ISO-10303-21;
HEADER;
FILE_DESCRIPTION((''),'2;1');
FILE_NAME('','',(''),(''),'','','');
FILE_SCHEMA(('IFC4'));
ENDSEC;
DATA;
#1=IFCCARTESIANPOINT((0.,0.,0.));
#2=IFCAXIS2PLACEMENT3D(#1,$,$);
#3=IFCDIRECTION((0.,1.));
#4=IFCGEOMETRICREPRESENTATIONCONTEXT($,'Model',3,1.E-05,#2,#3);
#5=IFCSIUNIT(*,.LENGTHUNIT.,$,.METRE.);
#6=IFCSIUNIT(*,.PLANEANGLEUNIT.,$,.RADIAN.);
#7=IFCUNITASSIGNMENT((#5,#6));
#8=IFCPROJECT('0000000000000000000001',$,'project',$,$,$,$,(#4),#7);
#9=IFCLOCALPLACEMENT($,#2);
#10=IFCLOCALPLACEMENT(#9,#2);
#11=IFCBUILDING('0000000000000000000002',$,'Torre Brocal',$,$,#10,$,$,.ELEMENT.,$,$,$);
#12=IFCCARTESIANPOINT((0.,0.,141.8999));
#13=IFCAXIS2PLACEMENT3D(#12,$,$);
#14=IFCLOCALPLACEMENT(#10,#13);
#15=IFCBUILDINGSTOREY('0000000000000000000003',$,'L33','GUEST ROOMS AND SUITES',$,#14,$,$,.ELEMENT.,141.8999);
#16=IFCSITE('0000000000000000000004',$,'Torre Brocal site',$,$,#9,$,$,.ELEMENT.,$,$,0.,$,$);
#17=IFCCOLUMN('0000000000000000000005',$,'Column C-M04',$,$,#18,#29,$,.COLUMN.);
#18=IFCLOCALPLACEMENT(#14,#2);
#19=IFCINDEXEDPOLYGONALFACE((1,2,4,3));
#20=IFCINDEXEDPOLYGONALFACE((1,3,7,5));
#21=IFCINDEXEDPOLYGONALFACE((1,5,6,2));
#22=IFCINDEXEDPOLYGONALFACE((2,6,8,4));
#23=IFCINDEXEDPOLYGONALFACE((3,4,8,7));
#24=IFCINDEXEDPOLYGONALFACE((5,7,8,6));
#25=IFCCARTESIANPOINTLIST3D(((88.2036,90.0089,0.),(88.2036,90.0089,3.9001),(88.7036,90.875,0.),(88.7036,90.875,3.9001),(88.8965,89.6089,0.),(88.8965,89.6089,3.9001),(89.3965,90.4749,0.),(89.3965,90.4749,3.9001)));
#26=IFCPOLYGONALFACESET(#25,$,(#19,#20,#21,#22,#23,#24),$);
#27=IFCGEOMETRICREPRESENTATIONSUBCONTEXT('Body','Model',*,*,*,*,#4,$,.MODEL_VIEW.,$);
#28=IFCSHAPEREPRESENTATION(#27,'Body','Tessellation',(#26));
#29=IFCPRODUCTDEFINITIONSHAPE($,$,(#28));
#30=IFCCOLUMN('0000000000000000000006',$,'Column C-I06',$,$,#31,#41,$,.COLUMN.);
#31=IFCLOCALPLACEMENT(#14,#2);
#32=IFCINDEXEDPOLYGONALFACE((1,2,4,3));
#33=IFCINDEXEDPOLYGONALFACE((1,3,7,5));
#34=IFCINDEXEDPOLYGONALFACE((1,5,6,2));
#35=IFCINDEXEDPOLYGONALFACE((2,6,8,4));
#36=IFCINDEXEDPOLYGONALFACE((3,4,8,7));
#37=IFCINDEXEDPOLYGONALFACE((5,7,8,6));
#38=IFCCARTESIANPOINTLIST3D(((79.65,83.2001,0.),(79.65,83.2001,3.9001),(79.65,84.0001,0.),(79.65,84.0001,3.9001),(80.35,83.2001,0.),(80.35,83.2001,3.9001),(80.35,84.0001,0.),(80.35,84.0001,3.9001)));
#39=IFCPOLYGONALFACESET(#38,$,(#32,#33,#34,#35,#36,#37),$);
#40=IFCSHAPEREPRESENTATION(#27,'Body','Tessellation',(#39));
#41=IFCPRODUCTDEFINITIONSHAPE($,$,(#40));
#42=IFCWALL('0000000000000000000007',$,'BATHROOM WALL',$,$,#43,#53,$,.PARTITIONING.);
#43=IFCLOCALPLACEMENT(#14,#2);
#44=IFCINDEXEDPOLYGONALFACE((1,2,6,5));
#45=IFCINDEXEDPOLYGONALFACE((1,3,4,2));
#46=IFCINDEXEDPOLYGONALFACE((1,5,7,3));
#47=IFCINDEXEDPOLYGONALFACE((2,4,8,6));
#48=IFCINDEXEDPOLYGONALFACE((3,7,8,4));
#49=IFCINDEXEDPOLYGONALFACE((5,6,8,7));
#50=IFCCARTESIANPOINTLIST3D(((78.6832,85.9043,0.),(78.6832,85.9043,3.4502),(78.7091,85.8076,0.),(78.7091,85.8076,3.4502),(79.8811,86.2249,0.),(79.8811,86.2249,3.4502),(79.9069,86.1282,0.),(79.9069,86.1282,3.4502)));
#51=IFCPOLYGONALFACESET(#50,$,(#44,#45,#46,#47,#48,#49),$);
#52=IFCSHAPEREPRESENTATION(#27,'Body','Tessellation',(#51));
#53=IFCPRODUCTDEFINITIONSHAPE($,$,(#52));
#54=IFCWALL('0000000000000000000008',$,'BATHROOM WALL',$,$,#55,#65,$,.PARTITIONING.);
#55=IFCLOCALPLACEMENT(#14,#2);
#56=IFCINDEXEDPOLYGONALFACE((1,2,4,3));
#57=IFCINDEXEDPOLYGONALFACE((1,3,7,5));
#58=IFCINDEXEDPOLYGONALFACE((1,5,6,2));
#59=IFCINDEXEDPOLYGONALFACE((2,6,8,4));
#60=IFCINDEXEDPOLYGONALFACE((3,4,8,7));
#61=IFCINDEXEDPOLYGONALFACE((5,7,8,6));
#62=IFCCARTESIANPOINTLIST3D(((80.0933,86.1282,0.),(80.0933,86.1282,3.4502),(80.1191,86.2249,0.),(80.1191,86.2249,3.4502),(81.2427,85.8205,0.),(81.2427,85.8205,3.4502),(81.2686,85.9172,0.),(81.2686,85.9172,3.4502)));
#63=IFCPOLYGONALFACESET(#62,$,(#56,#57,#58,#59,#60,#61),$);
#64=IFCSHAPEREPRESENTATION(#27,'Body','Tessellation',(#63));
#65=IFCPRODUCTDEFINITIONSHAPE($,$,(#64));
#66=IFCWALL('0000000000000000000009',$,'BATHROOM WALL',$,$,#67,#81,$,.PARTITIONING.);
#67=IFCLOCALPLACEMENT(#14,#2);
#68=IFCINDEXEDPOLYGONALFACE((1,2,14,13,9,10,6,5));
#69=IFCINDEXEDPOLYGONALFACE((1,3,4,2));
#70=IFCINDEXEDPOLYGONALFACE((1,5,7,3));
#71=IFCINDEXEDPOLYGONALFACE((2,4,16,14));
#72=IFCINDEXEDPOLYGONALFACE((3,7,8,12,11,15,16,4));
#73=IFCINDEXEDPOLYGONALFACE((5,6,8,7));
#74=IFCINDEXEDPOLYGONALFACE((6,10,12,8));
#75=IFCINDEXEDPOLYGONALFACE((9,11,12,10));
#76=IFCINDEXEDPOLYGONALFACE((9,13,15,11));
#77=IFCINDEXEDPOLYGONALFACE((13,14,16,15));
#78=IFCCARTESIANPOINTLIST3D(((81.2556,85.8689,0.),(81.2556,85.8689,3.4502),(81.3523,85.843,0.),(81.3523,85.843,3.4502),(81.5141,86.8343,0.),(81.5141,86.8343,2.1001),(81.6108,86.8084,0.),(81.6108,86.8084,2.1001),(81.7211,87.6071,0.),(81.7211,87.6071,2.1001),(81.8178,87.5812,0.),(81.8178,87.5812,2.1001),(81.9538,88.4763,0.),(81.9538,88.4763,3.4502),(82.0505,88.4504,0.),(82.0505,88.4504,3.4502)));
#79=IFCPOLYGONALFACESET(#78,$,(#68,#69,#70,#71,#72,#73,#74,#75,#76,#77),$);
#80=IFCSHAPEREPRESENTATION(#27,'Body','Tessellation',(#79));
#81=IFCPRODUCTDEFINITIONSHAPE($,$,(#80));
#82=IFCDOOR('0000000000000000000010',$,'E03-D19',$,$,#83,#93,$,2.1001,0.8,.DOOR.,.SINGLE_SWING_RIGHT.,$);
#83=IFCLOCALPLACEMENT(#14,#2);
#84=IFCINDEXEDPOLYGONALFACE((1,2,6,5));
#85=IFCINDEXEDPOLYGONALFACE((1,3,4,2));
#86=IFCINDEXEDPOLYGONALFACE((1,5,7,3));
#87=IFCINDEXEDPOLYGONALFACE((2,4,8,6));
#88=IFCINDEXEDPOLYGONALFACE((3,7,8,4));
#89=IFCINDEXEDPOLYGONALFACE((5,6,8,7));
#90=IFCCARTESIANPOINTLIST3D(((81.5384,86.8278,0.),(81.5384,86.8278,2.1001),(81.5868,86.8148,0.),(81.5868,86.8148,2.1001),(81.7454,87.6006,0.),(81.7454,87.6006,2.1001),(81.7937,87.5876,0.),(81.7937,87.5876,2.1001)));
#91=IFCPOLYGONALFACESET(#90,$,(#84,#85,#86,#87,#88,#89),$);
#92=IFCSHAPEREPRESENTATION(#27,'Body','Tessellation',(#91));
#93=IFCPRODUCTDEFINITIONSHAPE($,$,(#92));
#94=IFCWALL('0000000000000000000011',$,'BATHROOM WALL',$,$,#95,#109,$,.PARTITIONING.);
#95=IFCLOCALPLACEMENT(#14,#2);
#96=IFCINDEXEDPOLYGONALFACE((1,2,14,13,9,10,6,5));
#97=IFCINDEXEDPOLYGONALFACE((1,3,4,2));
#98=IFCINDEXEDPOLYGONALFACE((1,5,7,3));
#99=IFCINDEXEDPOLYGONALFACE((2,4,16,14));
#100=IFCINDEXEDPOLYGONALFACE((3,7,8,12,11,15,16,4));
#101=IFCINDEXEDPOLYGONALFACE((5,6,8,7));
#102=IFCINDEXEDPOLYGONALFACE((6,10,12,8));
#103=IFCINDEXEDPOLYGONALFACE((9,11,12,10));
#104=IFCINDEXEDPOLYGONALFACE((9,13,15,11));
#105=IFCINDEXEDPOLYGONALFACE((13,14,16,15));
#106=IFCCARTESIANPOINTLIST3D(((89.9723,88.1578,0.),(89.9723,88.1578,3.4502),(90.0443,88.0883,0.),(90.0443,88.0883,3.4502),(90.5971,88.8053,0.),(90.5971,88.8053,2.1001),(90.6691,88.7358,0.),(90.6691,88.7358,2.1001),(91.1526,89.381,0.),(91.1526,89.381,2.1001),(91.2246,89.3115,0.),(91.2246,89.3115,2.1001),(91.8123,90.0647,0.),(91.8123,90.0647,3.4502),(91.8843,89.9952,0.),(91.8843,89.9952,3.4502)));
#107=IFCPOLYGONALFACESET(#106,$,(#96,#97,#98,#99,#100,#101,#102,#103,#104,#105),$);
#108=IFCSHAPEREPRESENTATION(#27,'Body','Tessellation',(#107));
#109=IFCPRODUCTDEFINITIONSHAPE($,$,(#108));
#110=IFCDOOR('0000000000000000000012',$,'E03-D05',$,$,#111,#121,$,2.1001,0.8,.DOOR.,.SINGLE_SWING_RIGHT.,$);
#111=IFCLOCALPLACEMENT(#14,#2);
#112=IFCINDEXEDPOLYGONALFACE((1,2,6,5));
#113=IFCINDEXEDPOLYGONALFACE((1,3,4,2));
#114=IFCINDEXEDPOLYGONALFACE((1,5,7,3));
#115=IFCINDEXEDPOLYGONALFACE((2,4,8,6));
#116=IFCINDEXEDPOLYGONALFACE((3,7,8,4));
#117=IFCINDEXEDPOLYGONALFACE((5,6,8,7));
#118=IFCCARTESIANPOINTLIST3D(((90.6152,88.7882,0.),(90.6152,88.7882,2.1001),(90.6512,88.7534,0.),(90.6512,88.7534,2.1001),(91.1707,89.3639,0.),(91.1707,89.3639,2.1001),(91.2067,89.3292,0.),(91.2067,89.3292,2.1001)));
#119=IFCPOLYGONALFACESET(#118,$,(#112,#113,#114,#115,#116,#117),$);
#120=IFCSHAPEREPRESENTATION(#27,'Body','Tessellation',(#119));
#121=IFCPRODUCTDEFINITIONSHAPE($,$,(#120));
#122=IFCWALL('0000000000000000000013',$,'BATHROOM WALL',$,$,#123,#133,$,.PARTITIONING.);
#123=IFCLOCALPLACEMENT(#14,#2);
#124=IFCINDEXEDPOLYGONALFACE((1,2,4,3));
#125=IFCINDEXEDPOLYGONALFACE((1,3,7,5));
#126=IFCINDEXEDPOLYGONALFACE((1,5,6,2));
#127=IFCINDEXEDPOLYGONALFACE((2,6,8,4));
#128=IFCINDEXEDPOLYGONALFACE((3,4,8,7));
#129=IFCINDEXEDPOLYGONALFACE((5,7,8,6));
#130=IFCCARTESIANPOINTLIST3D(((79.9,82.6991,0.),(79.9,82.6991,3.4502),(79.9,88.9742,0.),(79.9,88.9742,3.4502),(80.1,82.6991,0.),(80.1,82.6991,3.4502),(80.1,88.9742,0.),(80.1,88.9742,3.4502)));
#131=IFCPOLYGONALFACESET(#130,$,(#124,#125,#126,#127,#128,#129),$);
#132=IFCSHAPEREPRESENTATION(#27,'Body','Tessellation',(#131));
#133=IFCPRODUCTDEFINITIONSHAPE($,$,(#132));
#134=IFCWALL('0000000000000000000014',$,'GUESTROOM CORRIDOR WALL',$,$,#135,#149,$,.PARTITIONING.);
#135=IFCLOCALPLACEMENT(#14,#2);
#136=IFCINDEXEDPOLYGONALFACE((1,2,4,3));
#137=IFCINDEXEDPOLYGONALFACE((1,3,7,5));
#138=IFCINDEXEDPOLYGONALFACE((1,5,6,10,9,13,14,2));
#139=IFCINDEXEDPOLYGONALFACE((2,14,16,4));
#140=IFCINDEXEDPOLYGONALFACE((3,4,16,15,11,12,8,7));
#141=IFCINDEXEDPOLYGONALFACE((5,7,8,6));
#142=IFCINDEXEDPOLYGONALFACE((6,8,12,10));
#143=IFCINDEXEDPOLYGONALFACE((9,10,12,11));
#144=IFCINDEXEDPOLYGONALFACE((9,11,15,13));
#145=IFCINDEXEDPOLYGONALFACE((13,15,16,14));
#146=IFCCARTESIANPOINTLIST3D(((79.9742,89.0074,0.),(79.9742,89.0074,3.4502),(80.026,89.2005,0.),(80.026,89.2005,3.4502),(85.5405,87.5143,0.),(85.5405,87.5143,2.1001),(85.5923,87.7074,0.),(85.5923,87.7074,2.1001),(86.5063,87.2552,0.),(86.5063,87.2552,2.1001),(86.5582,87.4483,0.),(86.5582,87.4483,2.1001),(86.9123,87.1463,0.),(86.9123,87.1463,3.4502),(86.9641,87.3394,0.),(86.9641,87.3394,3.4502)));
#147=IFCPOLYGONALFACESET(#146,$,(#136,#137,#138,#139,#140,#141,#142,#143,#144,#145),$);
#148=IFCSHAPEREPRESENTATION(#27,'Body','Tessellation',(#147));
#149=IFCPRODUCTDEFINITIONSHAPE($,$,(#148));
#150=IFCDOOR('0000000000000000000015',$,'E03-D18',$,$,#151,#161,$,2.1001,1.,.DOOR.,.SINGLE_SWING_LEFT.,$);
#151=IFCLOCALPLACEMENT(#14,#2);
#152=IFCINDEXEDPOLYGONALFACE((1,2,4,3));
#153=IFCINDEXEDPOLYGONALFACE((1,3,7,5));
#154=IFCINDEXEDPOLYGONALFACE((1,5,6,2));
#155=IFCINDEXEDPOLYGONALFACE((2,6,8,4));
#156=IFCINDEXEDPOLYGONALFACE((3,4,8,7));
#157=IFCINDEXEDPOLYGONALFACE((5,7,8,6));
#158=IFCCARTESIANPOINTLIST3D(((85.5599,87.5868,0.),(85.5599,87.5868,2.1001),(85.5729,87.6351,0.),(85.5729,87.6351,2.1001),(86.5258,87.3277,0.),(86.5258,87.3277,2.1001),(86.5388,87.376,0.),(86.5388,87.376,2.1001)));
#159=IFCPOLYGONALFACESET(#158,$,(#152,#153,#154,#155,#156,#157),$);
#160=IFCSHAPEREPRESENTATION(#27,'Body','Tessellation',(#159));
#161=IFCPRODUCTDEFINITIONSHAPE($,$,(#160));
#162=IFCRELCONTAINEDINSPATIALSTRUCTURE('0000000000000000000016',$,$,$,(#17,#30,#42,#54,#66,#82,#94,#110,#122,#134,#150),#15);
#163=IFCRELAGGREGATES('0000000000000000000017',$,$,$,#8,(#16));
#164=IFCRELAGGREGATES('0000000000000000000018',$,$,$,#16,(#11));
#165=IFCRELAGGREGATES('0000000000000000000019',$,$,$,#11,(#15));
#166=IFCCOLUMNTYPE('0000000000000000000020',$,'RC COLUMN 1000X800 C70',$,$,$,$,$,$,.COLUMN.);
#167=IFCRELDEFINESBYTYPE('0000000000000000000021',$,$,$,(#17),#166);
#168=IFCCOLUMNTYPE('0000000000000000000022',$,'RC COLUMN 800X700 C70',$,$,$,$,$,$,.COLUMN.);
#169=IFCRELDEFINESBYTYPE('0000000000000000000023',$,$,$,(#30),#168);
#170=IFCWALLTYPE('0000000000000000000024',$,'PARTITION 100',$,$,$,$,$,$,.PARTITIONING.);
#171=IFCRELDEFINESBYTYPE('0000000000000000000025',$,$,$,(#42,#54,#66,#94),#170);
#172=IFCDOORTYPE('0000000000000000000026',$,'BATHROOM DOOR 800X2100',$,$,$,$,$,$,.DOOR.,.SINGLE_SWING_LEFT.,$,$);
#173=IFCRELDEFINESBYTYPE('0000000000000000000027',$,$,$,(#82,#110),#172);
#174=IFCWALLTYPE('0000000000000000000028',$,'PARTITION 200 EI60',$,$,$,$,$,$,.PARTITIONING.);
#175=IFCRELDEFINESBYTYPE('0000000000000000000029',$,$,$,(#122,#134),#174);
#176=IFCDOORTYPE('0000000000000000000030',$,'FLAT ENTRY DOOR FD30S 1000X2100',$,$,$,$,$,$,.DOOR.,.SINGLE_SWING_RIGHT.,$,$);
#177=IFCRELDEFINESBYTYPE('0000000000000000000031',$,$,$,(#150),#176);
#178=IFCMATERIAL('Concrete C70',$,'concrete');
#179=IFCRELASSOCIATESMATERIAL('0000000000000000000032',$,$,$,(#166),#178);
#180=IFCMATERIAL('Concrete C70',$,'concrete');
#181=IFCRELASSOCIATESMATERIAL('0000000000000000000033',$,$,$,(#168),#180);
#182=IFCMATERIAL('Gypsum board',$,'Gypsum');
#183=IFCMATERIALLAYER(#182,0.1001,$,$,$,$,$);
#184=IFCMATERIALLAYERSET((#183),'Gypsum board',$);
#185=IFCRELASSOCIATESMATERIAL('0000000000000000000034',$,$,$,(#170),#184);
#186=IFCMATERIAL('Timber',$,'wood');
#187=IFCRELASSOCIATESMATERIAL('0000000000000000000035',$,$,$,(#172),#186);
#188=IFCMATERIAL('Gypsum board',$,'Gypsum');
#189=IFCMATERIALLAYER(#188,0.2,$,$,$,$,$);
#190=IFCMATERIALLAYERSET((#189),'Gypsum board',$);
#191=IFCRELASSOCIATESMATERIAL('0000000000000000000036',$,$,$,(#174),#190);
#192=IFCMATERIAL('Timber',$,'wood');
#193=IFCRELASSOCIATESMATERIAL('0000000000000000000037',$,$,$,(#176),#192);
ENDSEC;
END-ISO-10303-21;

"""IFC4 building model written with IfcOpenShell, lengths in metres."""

from ifc_helpers import new_model, si_unit, direction, frame, frame_2d, origin, origin_2d, place, context, subcontext, project, spatial, rectangle, extrude, material, layer, layer_set, material_profile, profile_set, type_object, element, fill, save


model = new_model("IFC4")

# Units and contexts
model_context = context("Model", 3, precision=1e-05, world=origin(), true_north=direction((0.0, 1.0)))
body_context = subcontext(model_context, "Body", "Model", "MODEL_VIEW")
ifc_project = project(units=[si_unit("LENGTHUNIT", "METRE"), si_unit("PLANEANGLEUNIT", "RADIAN")], contexts=[model_context])

# Site, building, storey
site_placement = place(None, origin())
site = spatial("IfcSite", under=ifc_project, at=site_placement, Name="Torre Brocal site", CompositionType="ELEMENT", RefElevation=0.0)
building_placement = place(site_placement, origin())
building = spatial("IfcBuilding", under=site, at=building_placement, Name="Torre Brocal", CompositionType="ELEMENT")
storey_placement = place(building_placement, frame((0.0, 0.0, 141.8999)))
storey = spatial("IfcBuildingStorey", under=building, at=storey_placement, Name="L33", Description="GUEST ROOMS AND SUITES", CompositionType="ELEMENT", Elevation=141.8999)

# Columns
ifc_material_1 = material(Name="Concrete C70", Category="concrete")
ifc_material_profile_1 = material_profile(ifc_material_1, rectangle(XDim=1.0, YDim=0.8, at=origin_2d()), Name="RC 1000X800")
ifc_profile_set_1 = profile_set([ifc_material_profile_1], Name="Concrete C70")
column_type_1 = type_object("IfcColumnType", Name="RC COLUMN 1000X800 C70", PredefinedType="COLUMN", material=ifc_profile_set_1)
column_1_placement = place(storey_placement, frame((88.8, 90.2419, 0.0), z_axis=(0.0, 0.0, 1.0), x_axis=(0.5, 0.866025, 0.0)))
element("IfcColumn", 1, at=column_1_placement, inside=storey, type_object=column_type_1, Name="Column C-M04", PredefinedType="COLUMN", context=body_context, shape_type="SweptSolid", body=[
    extrude(rectangle(XDim=1.0, YDim=0.8, at=origin_2d()), origin(), (0.0, 0.0, 1.0), 3.9001),
])
ifc_material_2 = material(Name="Concrete C70", Category="concrete")
ifc_material_profile_2 = material_profile(ifc_material_2, rectangle(XDim=0.8, YDim=0.7, at=origin_2d()), Name="RC 800X700")
ifc_profile_set_2 = profile_set([ifc_material_profile_2], Name="Concrete C70")
column_type_2 = type_object("IfcColumnType", Name="RC COLUMN 800X700 C70", PredefinedType="COLUMN", material=ifc_profile_set_2)
column_2_placement = place(storey_placement, frame((80.0, 83.6001, 0.0), z_axis=(0.0, 0.0, 1.0), x_axis=(0.0, 1.0, 0.0)))
element("IfcColumn", 2, at=column_2_placement, inside=storey, type_object=column_type_2, Name="Column C-I06", PredefinedType="COLUMN", context=body_context, shape_type="SweptSolid", body=[
    extrude(rectangle(XDim=0.8, YDim=0.7, at=origin_2d()), origin(), (0.0, 0.0, 1.0), 3.9001),
])

# Walls
ifc_material_3 = material(Name="Gypsum board", Category="Gypsum")
ifc_layer_1 = layer(ifc_material_3, 0.1001)
ifc_layer_set_1 = layer_set([ifc_layer_1], Name="Gypsum board")
wall_type_1 = type_object("IfcWallType", Name="PARTITION 100", PredefinedType="PARTITIONING", material=ifc_layer_set_1)
wall_1_placement = place(storey_placement, frame((78.696, 85.856, 0.0), z_axis=(0.0, 0.0, 1.0), x_axis=(0.966003, 0.258533, 0.0)))
element("IfcWall", 3, at=wall_1_placement, inside=storey, type_object=wall_type_1, Name="BATHROOM WALL", PredefinedType="PARTITIONING", context=body_context, shape_type="SweptSolid", body=[
    extrude(rectangle(XDim=1.24, YDim=0.1001, at=frame_2d((0.6201, 0.0))), origin(), (0.0, 0.0, 1.0), 3.4502),
])
wall_2_placement = place(storey_placement, frame((80.1062, 86.1765, 0.0), z_axis=(0.0, 0.0, 1.0), x_axis=(0.966003, -0.258531, 0.0)))
element("IfcWall", 4, at=wall_2_placement, inside=storey, type_object=wall_type_1, Name="BATHROOM WALL", PredefinedType="PARTITIONING", context=body_context, shape_type="SweptSolid", body=[
    extrude(rectangle(XDim=1.1899, YDim=0.1001, at=frame_2d((0.595, 0.0))), origin(), (0.0, 0.0, 1.0), 3.4502),
])

# Walls, openings, doors
wall_3_placement = place(storey_placement, frame((81.304, 85.856, 0.0), z_axis=(0.0, 0.0, 1.0), x_axis=(0.258676, 0.965964, 0.0)))
wall_3 = element("IfcWall", 5, at=wall_3_placement, inside=storey, type_object=wall_type_1, Name="BATHROOM WALL", PredefinedType="PARTITIONING", context=body_context, shape_type="SweptSolid", body=[
    extrude(rectangle(XDim=2.6992, YDim=0.1001, at=frame_2d((1.3496, 0.0))), origin(), (0.0, 0.0, 1.0), 3.4502),
])
opening_1_placement = place(wall_3_placement, frame((0.9995, 0.0, 0.0)))
opening_1 = element("IfcOpeningElement", 6, at=opening_1_placement, cuts=wall_3, PredefinedType="OPENING", context=body_context, shape_type="SweptSolid", body=[
    extrude(rectangle(XDim=0.8, YDim=2.1001, at=frame_2d((0.3999, 1.05))), frame((0.0, 0.0601, 0.0), z_axis=(0.0, -1.0, 0.0), x_axis=(1.0, 0.0, 0.0)), (0.0, 0.0, 1.0), 0.1201),
])
ifc_material_4 = material(Name="Timber", Category="wood")
door_type_1 = type_object("IfcDoorType", Name="BATHROOM DOOR 800X2100", OperationType="SINGLE_SWING_LEFT", PredefinedType="DOOR", material=ifc_material_4)
door_1_placement = place(opening_1_placement, origin())
door_1 = element("IfcDoor", 7, at=door_1_placement, inside=storey, type_object=door_type_1, Name="E03-D19", OperationType="SINGLE_SWING_RIGHT", OverallHeight=2.1001, OverallWidth=0.8, PredefinedType="DOOR", context=body_context, shape_type="SweptSolid", body=[
    extrude(rectangle(XDim=0.8, YDim=2.1001, at=frame_2d((0.3999, 1.05))), frame((0.0, 0.0249, 0.0), z_axis=(0.0, -1.0, 0.0), x_axis=(1.0, 0.0, 0.0)), (0.0, 0.0, 1.0), 0.05),
])
fill(opening_1, door_1)
wall_4_placement = place(storey_placement, frame((90.0083, 88.123, 0.0), z_axis=(0.0, 0.0, 1.0), x_axis=(0.694373, 0.719616, 0.0)))
wall_4 = element("IfcWall", 8, at=wall_4_placement, inside=storey, type_object=wall_type_1, Name="BATHROOM WALL", PredefinedType="PARTITIONING", context=body_context, shape_type="SweptSolid", body=[
    extrude(rectangle(XDim=2.6499, YDim=0.1001, at=frame_2d((1.325, 0.0))), origin(), (0.0, 0.0, 1.0), 3.4502),
])
opening_2_placement = place(wall_4_placement, frame((0.8999, 0.0, 0.0)))
opening_2 = element("IfcOpeningElement", 9, at=opening_2_placement, cuts=wall_4, PredefinedType="OPENING", context=body_context, shape_type="SweptSolid", body=[
    extrude(rectangle(XDim=0.8, YDim=2.1001, at=frame_2d((0.3999, 1.05))), frame((0.0, 0.0601, 0.0), z_axis=(0.0, -1.0, 0.0), x_axis=(1.0, 0.0, 0.0)), (0.0, 0.0, 1.0), 0.1201),
])
door_2_placement = place(opening_2_placement, frame((0.8, 0.0, 0.0), z_axis=(0.0, 0.0, 1.0), x_axis=(-1.0, 0.0, 0.0)))
door_2 = element("IfcDoor", 10, at=door_2_placement, inside=storey, type_object=door_type_1, Name="E03-D05", OperationType="SINGLE_SWING_RIGHT", OverallHeight=2.1001, OverallWidth=0.8, PredefinedType="DOOR", context=body_context, shape_type="SweptSolid", body=[
    extrude(rectangle(XDim=0.8, YDim=2.1001, at=frame_2d((0.3999, 1.05))), frame((0.0, 0.0249, 0.0), z_axis=(0.0, -1.0, 0.0), x_axis=(1.0, 0.0, 0.0)), (0.0, 0.0, 1.0), 0.05),
])
fill(opening_2, door_2)

# Wall
ifc_material_5 = material(Name="Gypsum board", Category="Gypsum")
ifc_layer_2 = layer(ifc_material_5, 0.2)
ifc_layer_set_2 = layer_set([ifc_layer_2], Name="Gypsum board")
wall_type_2 = type_object("IfcWallType", Name="PARTITION 200 EI60", PredefinedType="PARTITIONING", material=ifc_layer_set_2)
wall_5_placement = place(storey_placement, frame((80.0, 82.699, 0.0), z_axis=(0.0, 0.0, 1.0), x_axis=(0.0, 1.0, 0.0)))
element("IfcWall", 11, at=wall_5_placement, inside=storey, type_object=wall_type_2, Name="BATHROOM WALL", PredefinedType="PARTITIONING", context=body_context, shape_type="SweptSolid", body=[
    extrude(rectangle(XDim=6.2751, YDim=0.2, at=frame_2d((3.1377, 0.0))), origin(), (0.0, 0.0, 1.0), 3.4502),
])

# Wall, opening, door
wall_6_placement = place(storey_placement, frame((80.0, 89.104, 0.0), z_axis=(0.0, 0.0, 1.0), x_axis=(0.965854, -0.259086, 0.0)))
wall_6 = element("IfcWall", 12, at=wall_6_placement, inside=storey, type_object=wall_type_2, Name="GUESTROOM CORRIDOR WALL", PredefinedType="PARTITIONING", context=body_context, shape_type="SweptSolid", body=[
    extrude(rectangle(XDim=7.1833, YDim=0.2, at=frame_2d((3.5918, 0.0))), origin(), (0.0, 0.0, 1.0), 3.4502),
])
opening_3_placement = place(wall_6_placement, frame((5.7632, 0.0, 0.0)))
opening_3 = element("IfcOpeningElement", 13, at=opening_3_placement, cuts=wall_6, PredefinedType="OPENING", context=body_context, shape_type="SweptSolid", body=[
    extrude(rectangle(XDim=1.0, YDim=2.1001, at=frame_2d((0.5, 1.05))), frame((0.0, 0.1099, 0.0), z_axis=(0.0, -1.0, 0.0), x_axis=(1.0, 0.0, 0.0)), (0.0, 0.0, 1.0), 0.22),
])
ifc_material_6 = material(Name="Timber", Category="wood")
door_type_2 = type_object("IfcDoorType", Name="FLAT ENTRY DOOR FD30S 1000X2100", OperationType="SINGLE_SWING_RIGHT", PredefinedType="DOOR", material=ifc_material_6)
door_3_placement = place(opening_3_placement, frame((1.0, 0.0, 0.0), z_axis=(0.0, 0.0, 1.0), x_axis=(-1.0, 0.0, 0.0)))
door_3 = element("IfcDoor", 14, at=door_3_placement, inside=storey, type_object=door_type_2, Name="E03-D18", OperationType="SINGLE_SWING_LEFT", OverallHeight=2.1001, OverallWidth=1.0, PredefinedType="DOOR", context=body_context, shape_type="SweptSolid", body=[
    extrude(rectangle(XDim=1.0, YDim=2.1001, at=frame_2d((0.5, 1.05))), frame((0.0, 0.0249, 0.0), z_axis=(0.0, -1.0, 0.0), x_axis=(1.0, 0.0, 0.0)), (0.0, 0.0, 1.0), 0.05),
])
fill(opening_3, door_3)

save(model, "model.ifc")
